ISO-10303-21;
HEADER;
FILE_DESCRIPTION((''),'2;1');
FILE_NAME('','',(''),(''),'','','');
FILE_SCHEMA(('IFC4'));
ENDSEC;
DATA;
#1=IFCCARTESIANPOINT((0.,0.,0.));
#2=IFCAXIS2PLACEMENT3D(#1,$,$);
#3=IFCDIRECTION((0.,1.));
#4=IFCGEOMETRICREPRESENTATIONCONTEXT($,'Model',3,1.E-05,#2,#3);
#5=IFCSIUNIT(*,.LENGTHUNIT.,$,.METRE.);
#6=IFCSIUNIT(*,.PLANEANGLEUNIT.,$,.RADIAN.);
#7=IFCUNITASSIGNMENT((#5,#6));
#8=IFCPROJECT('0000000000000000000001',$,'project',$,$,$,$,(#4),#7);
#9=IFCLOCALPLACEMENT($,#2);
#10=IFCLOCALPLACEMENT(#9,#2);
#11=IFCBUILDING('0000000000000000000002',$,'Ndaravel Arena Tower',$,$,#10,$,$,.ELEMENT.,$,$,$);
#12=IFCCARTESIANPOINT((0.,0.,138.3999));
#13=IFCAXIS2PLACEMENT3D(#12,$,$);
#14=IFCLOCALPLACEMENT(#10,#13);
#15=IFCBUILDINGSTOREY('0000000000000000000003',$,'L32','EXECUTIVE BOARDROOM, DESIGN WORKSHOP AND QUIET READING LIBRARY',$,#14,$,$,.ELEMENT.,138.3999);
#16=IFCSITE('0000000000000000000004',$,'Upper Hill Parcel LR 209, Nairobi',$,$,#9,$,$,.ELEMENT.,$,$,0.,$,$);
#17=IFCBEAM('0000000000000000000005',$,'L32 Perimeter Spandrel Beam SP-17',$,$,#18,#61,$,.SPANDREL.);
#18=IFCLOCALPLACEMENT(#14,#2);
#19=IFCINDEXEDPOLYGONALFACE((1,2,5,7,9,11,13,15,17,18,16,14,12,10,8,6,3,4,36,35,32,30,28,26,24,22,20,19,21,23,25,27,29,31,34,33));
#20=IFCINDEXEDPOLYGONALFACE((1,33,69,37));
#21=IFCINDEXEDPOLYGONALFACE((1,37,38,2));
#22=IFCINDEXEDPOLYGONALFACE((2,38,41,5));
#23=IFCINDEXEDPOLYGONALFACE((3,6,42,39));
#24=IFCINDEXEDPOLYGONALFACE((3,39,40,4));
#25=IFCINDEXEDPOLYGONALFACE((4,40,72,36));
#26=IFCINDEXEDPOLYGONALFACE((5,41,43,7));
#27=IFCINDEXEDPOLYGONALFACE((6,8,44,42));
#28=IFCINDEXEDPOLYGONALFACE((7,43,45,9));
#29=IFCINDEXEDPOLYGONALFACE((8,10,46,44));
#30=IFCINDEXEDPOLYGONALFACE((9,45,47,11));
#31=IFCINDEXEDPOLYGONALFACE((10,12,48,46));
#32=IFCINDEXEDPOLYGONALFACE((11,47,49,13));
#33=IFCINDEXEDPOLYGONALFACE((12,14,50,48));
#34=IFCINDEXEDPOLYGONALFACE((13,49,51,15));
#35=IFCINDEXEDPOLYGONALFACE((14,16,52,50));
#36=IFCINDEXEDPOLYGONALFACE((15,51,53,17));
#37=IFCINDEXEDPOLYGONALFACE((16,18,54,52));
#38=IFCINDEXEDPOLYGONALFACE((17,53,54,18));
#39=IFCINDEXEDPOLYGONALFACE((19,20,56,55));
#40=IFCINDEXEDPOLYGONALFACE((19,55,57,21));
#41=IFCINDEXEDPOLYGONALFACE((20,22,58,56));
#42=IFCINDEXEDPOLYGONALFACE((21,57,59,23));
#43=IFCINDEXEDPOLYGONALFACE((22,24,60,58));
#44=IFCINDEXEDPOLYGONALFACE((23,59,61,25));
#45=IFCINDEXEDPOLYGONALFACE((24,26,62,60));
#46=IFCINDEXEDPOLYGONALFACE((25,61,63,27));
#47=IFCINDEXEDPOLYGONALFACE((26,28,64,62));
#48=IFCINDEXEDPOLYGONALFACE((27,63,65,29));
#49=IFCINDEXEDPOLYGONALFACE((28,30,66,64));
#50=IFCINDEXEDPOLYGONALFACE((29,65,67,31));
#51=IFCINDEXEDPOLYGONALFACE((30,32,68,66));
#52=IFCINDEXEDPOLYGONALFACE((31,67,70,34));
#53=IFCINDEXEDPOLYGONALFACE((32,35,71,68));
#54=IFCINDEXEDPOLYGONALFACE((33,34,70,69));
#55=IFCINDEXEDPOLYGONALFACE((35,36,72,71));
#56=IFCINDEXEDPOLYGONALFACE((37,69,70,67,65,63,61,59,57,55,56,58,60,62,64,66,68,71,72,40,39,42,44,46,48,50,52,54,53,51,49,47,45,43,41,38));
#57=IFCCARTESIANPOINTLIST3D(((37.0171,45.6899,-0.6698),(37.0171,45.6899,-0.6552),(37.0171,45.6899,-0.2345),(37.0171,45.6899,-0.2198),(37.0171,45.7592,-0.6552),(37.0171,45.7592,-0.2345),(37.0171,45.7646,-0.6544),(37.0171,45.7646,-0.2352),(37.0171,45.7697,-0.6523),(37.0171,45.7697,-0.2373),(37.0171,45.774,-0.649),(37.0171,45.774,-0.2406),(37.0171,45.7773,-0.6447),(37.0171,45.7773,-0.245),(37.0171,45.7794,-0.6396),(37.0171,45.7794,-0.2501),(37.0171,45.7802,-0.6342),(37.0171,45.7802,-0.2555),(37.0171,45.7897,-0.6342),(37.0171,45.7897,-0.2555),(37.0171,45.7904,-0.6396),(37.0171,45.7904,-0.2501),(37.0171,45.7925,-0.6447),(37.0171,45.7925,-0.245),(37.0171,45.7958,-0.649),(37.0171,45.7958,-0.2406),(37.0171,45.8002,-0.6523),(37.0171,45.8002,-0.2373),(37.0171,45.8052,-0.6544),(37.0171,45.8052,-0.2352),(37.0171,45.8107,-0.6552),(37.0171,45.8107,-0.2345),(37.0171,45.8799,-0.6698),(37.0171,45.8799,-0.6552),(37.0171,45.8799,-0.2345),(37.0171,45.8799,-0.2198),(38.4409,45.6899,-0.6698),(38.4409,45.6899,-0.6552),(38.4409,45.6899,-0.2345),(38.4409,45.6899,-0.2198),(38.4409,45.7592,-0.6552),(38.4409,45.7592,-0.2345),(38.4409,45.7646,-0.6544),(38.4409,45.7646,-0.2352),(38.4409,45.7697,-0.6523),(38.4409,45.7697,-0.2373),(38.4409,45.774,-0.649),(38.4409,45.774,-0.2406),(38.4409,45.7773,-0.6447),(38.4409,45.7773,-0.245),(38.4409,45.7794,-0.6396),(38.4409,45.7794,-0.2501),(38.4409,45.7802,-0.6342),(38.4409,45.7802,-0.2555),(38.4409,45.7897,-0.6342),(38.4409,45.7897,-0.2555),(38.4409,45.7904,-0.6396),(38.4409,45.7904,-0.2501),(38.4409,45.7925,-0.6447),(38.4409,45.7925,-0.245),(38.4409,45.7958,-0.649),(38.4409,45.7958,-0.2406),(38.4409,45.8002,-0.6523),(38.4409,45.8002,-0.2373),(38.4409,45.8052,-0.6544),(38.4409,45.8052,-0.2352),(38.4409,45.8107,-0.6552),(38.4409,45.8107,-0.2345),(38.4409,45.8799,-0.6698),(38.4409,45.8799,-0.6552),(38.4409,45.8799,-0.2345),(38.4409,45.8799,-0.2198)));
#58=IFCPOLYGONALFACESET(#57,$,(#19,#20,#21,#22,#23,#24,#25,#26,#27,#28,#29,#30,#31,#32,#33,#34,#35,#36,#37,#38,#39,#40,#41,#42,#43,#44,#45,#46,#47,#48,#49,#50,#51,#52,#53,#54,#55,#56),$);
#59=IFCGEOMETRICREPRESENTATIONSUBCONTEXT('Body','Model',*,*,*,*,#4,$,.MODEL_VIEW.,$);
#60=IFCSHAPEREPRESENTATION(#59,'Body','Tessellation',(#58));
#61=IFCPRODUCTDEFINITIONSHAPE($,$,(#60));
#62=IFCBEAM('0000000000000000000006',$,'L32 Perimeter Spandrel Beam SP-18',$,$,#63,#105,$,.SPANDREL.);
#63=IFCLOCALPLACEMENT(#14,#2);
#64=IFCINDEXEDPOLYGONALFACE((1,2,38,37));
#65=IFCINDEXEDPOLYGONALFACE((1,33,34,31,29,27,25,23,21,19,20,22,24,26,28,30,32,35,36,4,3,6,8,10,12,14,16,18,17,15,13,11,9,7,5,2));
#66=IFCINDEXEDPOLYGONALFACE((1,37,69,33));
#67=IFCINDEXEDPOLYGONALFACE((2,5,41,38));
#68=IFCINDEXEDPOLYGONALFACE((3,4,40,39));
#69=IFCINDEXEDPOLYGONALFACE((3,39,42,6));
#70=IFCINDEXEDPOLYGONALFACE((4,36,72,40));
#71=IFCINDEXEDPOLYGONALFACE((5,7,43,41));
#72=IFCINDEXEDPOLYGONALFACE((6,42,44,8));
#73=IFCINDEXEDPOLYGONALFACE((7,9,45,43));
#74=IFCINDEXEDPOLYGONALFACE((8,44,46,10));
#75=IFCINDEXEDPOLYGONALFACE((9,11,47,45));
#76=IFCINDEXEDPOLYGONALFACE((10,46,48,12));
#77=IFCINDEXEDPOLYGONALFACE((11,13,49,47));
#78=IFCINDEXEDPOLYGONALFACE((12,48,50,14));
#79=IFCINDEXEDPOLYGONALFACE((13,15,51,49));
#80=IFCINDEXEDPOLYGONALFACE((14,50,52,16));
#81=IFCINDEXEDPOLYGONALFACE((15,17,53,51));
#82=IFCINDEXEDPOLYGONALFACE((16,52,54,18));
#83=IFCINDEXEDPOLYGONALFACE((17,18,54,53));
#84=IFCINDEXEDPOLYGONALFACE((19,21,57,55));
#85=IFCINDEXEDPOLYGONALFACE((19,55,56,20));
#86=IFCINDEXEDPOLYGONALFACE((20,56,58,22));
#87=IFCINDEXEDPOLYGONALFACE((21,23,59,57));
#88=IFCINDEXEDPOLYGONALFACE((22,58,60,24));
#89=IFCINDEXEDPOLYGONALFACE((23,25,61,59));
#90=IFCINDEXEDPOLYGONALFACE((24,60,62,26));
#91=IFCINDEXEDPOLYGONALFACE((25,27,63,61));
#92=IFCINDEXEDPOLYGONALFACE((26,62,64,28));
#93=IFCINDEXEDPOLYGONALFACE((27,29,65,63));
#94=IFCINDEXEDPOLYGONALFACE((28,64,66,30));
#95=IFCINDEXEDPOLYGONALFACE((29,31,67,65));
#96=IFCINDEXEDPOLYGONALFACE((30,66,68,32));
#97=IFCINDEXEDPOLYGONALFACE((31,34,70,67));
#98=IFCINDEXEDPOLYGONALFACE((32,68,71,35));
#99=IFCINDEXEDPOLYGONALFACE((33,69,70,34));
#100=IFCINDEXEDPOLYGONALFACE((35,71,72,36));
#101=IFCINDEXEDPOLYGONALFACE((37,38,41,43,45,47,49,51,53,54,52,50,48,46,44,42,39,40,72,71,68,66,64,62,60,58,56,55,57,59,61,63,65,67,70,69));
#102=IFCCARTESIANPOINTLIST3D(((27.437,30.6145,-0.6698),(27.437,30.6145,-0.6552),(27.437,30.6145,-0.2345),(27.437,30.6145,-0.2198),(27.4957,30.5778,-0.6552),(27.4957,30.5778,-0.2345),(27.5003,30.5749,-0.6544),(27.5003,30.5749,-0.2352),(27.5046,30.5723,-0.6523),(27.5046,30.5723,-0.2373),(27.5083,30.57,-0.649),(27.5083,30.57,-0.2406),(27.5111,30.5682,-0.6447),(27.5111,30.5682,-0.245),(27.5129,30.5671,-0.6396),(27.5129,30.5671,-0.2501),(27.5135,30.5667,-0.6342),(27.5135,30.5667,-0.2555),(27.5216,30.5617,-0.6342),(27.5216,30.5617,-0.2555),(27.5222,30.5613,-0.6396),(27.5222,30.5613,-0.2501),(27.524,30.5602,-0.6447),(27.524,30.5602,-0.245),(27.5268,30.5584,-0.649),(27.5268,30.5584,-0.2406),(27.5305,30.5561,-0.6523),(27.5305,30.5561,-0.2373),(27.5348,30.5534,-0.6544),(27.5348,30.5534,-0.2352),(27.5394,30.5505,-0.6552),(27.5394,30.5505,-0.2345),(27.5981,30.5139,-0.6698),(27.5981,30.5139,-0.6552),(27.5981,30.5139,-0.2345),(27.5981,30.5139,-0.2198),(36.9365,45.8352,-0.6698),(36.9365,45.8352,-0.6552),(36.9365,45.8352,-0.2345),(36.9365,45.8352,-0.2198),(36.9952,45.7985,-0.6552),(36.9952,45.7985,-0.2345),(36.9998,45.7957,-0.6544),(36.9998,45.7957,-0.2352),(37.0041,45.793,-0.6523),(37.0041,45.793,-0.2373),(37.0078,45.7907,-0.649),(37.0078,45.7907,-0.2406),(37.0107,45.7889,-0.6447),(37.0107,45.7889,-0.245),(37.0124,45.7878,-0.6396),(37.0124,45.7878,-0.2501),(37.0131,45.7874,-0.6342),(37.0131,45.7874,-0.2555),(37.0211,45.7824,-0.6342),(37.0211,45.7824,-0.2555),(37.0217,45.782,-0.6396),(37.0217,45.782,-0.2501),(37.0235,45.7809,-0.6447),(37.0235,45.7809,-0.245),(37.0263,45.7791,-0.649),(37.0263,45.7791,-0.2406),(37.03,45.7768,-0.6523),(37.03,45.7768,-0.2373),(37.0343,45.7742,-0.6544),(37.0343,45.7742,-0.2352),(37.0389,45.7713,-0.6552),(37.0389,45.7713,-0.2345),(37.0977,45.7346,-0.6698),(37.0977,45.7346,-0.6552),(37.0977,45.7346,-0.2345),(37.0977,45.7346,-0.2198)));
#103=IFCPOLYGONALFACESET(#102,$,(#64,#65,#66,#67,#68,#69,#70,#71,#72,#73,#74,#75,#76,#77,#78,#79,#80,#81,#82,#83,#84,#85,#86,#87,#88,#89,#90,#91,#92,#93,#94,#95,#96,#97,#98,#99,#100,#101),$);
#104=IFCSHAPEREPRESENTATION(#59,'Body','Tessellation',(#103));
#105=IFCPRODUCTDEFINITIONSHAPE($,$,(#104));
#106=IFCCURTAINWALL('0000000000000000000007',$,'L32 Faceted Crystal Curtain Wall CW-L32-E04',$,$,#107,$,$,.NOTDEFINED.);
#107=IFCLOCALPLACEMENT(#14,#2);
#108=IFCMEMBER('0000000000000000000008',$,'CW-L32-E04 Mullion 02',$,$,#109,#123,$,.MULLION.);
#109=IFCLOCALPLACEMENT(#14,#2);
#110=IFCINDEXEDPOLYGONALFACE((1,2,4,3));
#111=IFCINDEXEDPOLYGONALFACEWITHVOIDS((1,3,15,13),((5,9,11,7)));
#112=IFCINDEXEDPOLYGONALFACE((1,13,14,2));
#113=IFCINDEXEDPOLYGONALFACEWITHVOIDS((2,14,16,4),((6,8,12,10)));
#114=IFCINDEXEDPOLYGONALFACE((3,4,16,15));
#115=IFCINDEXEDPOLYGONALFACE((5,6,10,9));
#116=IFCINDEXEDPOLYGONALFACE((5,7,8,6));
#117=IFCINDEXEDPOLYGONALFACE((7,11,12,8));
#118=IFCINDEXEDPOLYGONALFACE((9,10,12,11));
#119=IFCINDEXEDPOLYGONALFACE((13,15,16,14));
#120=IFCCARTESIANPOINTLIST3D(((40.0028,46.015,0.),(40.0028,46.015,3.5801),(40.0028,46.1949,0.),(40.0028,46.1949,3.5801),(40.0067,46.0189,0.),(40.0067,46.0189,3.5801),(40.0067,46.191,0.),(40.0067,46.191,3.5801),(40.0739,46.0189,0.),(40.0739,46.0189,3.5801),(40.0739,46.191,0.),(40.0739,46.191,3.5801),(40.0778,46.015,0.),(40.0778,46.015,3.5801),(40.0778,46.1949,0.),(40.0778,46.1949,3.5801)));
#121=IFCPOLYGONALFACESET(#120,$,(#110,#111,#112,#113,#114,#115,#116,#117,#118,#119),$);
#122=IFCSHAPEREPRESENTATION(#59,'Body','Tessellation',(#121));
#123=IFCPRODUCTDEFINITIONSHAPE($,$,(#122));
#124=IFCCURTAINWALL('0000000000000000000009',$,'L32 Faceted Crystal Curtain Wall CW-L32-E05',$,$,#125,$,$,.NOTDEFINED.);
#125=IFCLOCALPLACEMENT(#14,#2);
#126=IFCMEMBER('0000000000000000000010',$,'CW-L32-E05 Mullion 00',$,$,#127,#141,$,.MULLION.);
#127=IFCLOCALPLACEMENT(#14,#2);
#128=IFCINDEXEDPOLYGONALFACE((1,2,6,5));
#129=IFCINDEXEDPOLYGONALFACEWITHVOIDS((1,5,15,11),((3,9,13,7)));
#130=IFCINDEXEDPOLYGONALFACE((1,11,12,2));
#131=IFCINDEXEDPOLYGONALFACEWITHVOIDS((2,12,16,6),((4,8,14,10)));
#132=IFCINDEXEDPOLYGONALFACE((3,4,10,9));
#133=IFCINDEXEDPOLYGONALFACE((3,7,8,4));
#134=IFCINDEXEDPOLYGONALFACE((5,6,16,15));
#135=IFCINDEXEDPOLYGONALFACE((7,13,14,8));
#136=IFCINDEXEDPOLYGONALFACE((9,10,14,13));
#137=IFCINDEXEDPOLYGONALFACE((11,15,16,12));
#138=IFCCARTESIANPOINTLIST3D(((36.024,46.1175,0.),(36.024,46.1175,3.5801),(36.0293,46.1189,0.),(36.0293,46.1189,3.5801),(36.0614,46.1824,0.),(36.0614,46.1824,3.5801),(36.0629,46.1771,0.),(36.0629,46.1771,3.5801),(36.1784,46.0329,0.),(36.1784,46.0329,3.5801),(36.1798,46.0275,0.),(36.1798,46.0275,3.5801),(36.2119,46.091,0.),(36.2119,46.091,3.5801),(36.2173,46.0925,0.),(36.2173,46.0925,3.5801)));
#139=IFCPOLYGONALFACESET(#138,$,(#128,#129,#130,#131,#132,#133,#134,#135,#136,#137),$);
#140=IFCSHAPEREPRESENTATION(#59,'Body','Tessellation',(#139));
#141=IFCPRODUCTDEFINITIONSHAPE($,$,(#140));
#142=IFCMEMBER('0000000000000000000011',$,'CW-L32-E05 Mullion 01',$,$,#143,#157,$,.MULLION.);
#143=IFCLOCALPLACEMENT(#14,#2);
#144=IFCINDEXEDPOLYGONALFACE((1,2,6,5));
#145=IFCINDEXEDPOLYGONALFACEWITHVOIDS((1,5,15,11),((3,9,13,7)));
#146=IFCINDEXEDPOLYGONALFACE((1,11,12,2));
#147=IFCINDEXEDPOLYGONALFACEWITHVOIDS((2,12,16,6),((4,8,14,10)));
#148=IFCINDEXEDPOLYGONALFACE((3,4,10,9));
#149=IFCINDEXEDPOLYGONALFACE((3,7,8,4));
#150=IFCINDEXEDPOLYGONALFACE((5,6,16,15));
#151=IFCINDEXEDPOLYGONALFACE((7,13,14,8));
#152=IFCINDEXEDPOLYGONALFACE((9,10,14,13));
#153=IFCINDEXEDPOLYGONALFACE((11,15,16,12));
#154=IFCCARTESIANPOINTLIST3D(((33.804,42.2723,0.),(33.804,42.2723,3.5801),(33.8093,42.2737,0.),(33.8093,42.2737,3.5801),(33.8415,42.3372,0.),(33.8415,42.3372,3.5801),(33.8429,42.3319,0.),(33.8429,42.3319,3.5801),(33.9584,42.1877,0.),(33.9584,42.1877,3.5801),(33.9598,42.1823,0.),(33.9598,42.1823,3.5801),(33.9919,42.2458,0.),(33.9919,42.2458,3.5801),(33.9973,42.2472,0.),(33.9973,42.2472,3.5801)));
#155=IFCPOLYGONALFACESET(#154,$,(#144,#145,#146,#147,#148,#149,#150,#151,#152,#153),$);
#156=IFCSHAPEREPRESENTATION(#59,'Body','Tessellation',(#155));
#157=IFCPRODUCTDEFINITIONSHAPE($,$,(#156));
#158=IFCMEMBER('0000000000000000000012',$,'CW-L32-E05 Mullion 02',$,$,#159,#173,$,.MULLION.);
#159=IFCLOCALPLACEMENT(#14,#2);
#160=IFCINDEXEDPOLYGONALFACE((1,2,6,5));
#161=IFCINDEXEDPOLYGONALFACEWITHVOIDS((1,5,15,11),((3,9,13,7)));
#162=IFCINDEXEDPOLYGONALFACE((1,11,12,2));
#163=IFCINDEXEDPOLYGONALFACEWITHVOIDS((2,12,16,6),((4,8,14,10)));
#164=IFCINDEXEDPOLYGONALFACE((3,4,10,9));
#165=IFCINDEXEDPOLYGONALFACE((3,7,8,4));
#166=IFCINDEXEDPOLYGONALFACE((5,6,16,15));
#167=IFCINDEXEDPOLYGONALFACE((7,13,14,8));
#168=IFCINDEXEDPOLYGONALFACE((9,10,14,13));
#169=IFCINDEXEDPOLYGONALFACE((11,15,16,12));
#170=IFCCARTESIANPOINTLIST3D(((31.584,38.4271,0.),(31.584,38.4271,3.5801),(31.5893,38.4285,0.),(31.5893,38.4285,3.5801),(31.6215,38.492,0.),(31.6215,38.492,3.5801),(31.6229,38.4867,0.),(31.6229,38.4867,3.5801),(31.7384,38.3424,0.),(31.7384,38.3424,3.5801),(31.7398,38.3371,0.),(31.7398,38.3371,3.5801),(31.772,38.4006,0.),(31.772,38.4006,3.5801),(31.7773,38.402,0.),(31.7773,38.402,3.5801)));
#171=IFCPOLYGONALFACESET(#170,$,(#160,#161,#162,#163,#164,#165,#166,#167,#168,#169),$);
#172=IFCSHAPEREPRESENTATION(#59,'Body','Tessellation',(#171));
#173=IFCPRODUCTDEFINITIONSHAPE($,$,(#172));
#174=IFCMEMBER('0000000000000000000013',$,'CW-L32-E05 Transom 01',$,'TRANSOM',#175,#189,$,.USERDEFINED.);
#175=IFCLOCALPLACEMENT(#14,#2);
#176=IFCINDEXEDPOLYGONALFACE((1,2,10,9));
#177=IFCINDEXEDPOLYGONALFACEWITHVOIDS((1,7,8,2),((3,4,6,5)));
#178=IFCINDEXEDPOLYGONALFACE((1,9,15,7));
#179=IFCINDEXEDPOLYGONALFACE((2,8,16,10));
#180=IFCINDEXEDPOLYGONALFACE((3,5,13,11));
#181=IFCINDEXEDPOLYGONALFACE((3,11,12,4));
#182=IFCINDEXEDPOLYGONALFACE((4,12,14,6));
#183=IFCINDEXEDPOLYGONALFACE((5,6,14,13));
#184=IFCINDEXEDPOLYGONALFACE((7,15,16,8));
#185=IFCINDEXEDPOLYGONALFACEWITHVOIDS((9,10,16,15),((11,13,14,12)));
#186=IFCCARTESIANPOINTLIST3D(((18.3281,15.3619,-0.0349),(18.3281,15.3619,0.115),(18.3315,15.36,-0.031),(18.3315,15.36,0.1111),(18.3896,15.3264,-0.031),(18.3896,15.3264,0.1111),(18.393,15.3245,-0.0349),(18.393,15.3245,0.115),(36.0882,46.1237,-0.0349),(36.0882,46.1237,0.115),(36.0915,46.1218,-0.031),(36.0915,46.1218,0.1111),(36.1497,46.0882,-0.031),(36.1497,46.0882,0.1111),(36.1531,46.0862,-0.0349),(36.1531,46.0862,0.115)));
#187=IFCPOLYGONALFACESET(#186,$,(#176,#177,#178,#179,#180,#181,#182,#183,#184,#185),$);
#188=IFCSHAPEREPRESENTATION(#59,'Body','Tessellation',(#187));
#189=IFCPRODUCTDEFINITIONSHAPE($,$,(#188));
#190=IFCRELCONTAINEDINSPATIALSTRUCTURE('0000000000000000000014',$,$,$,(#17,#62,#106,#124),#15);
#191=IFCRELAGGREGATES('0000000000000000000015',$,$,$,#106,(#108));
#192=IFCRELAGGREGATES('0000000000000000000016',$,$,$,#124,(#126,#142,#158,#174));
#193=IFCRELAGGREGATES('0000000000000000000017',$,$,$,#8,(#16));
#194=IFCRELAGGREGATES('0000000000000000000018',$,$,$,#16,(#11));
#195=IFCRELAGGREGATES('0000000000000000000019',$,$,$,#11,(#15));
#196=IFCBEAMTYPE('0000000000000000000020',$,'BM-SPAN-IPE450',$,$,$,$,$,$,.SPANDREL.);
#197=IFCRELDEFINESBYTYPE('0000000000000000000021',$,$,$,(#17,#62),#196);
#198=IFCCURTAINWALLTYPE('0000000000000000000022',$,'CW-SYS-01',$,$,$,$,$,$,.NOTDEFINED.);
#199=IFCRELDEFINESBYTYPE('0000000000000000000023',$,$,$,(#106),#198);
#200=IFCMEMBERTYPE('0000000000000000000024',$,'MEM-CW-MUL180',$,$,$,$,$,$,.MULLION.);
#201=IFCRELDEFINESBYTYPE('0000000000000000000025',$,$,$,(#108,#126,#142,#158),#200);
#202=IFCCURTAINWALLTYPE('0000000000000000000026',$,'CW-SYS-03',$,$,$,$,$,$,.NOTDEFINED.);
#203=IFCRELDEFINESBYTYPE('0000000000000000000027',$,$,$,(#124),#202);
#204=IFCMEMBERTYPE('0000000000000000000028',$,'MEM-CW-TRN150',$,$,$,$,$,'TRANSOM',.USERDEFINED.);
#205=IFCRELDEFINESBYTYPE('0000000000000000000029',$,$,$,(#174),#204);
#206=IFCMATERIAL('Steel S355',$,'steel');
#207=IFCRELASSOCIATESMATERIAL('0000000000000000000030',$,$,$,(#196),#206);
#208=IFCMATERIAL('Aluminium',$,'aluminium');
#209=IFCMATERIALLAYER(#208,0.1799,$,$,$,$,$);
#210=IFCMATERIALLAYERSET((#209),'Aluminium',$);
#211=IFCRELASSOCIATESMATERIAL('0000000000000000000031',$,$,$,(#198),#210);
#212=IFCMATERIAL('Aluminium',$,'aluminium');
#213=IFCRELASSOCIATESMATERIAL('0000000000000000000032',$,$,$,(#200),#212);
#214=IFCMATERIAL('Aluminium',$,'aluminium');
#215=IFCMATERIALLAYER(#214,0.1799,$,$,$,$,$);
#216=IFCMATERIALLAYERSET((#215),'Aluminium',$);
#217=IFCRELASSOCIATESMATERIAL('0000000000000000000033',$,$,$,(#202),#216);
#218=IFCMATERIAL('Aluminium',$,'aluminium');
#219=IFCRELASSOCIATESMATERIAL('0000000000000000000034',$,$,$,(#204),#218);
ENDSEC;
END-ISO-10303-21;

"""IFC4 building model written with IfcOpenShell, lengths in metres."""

from ifc_helpers import new_model, si_unit, direction, frame, origin, origin_2d, place, context, subcontext, project, spatial, hollow_rectangle, i_section, extrude, material, layer, layer_set, material_profile, profile_set, type_object, element, aggregate, save


model = new_model("IFC4")

# Units and contexts
model_context = context("Model", 3, precision=1e-05, world=origin(), true_north=direction((0.0, 1.0)))
body_context = subcontext(model_context, "Body", "Model", "MODEL_VIEW")
ifc_project = project(units=[si_unit("LENGTHUNIT", "METRE"), si_unit("PLANEANGLEUNIT", "RADIAN")], contexts=[model_context])

# Site, building, storey
site_placement = place(None, origin())
site = spatial("IfcSite", under=ifc_project, at=site_placement, Name="Upper Hill Parcel LR 209, Nairobi", CompositionType="ELEMENT", RefElevation=0.0)
building_placement = place(site_placement, origin())
building = spatial("IfcBuilding", under=site, at=building_placement, Name="Ndaravel Arena Tower", CompositionType="ELEMENT")
storey_placement = place(building_placement, frame((0.0, 0.0, 138.3999)))
storey = spatial("IfcBuildingStorey", under=building, at=storey_placement, Name="L32", Description="EXECUTIVE BOARDROOM, DESIGN WORKSHOP AND QUIET READING LIBRARY", CompositionType="ELEMENT", Elevation=138.3999)

# Beams
ifc_material_1 = material(Name="Steel S355", Category="steel")
ifc_material_profile_1 = material_profile(ifc_material_1, i_section(OverallWidth=0.1899, OverallDepth=0.45, WebThickness=0.0095, FlangeThickness=0.0146, FilletRadius=0.021, at=origin_2d()), Name="IPE 450")
ifc_profile_set_1 = profile_set([ifc_material_profile_1], Name="Steel S355")
beam_type_1 = type_object("IfcBeamType", Name="BM-SPAN-IPE450", PredefinedType="SPANDREL", material=ifc_profile_set_1)
beam_1_placement = place(storey_placement, frame((38.4409, 45.7849, -0.4448), z_axis=(-1.0, 0.0, 0.0), x_axis=(0.0, -1.0, 0.0)))
element("IfcBeam", 1, at=beam_1_placement, inside=storey, type_object=beam_type_1, Name="L32 Perimeter Spandrel Beam SP-17", PredefinedType="SPANDREL", context=body_context, shape_type="SweptSolid", body=[
    extrude(i_section(OverallWidth=0.1899, OverallDepth=0.45, WebThickness=0.0095, FlangeThickness=0.0146, FilletRadius=0.021, at=origin_2d()), origin(), (0.0, 0.0, 1.0), 1.4238),
])
beam_2_placement = place(storey_placement, frame((37.0171, 45.7849, -0.4448), z_axis=(-0.529461, -0.848334, 0.0), x_axis=(0.848334, -0.529461, 0.0)))
element("IfcBeam", 2, at=beam_2_placement, inside=storey, type_object=beam_type_1, Name="L32 Perimeter Spandrel Beam SP-18", PredefinedType="SPANDREL", context=body_context, shape_type="SweptSolid", body=[
    extrude(i_section(OverallWidth=0.1899, OverallDepth=0.45, WebThickness=0.0095, FlangeThickness=0.0146, FilletRadius=0.021, at=origin_2d()), origin(), (0.0, 0.0, 1.0), 17.9419),
])

# Curtain wall, member
ifc_material_2 = material(Name="Aluminium", Category="aluminium")
ifc_layer_1 = layer(ifc_material_2, 0.1799)
ifc_layer_set_1 = layer_set([ifc_layer_1], Name="Aluminium")
curtain_wall_type_1 = type_object("IfcCurtainWallType", Name="CW-SYS-01", PredefinedType="NOTDEFINED", material=ifc_layer_set_1)
curtain_wall_1_placement = place(storey_placement, origin())
curtain_wall_1 = element("IfcCurtainWall", 3, at=curtain_wall_1_placement, inside=storey, type_object=curtain_wall_type_1, Name="L32 Faceted Crystal Curtain Wall CW-L32-E04", PredefinedType="NOTDEFINED")
ifc_material_3 = material(Name="Aluminium", Category="aluminium")
ifc_material_profile_2 = material_profile(ifc_material_3, hollow_rectangle(XDim=0.075, YDim=0.1799, WallThickness=0.0039, at=origin_2d()), Name="CW MULLION 75x180x4")
ifc_profile_set_2 = profile_set([ifc_material_profile_2], Name="Aluminium")
member_type_1 = type_object("IfcMemberType", Name="MEM-CW-MUL180", PredefinedType="MULLION", material=ifc_profile_set_2)
member_1_placement = place(storey_placement, frame((40.0403, 46.105, 0.0), z_axis=(0.0, 0.0, 1.0), x_axis=(-1.0, 0.0, 0.0)))
member_1 = element("IfcMember", 4, at=member_1_placement, type_object=member_type_1, Name="CW-L32-E04 Mullion 02", PredefinedType="MULLION", context=body_context, shape_type="SweptSolid", body=[
    extrude(hollow_rectangle(XDim=0.075, YDim=0.1799, WallThickness=0.0039, at=origin_2d()), origin(), (0.0, 0.0, 1.0), 3.5801),
])

# Curtain wall, members
ifc_material_4 = material(Name="Aluminium", Category="aluminium")
ifc_layer_2 = layer(ifc_material_4, 0.1799)
ifc_layer_set_2 = layer_set([ifc_layer_2], Name="Aluminium")
curtain_wall_type_2 = type_object("IfcCurtainWallType", Name="CW-SYS-03", PredefinedType="NOTDEFINED", material=ifc_layer_set_2)
curtain_wall_2_placement = place(storey_placement, origin())
curtain_wall_2 = element("IfcCurtainWall", 5, at=curtain_wall_2_placement, inside=storey, type_object=curtain_wall_type_2, Name="L32 Faceted Crystal Curtain Wall CW-L32-E05", PredefinedType="NOTDEFINED")
member_2_placement = place(storey_placement, frame((36.1206, 46.105, 0.0), z_axis=(0.0, 0.0, 1.0), x_axis=(-0.5, -0.866025, 0.0)))
member_2 = element("IfcMember", 6, at=member_2_placement, type_object=member_type_1, Name="CW-L32-E05 Mullion 00", PredefinedType="MULLION", context=body_context, shape_type="SweptSolid", body=[
    extrude(hollow_rectangle(XDim=0.075, YDim=0.1799, WallThickness=0.0039, at=origin_2d()), origin(), (0.0, 0.0, 1.0), 3.5801),
])
member_3_placement = place(storey_placement, frame((33.9006, 42.2598, 0.0), z_axis=(0.0, 0.0, 1.0), x_axis=(-0.5, -0.866025, 0.0)))
member_3 = element("IfcMember", 7, at=member_3_placement, type_object=member_type_1, Name="CW-L32-E05 Mullion 01", PredefinedType="MULLION", context=body_context, shape_type="SweptSolid", body=[
    extrude(hollow_rectangle(XDim=0.075, YDim=0.1799, WallThickness=0.0039, at=origin_2d()), origin(), (0.0, 0.0, 1.0), 3.5801),
])
member_4_placement = place(storey_placement, frame((31.6807, 38.4146, 0.0), z_axis=(0.0, 0.0, 1.0), x_axis=(-0.5, -0.866025, 0.0)))
member_4 = element("IfcMember", 8, at=member_4_placement, type_object=member_type_1, Name="CW-L32-E05 Mullion 02", PredefinedType="MULLION", context=body_context, shape_type="SweptSolid", body=[
    extrude(hollow_rectangle(XDim=0.075, YDim=0.1799, WallThickness=0.0039, at=origin_2d()), origin(), (0.0, 0.0, 1.0), 3.5801),
])
ifc_material_5 = material(Name="Aluminium", Category="aluminium")
ifc_material_profile_3 = material_profile(ifc_material_5, hollow_rectangle(XDim=0.075, YDim=0.1499, WallThickness=0.0039, at=origin_2d()), Name="CW TRANSOM 75x150x4")
ifc_profile_set_3 = profile_set([ifc_material_profile_3], Name="Aluminium")
member_type_2 = type_object("IfcMemberType", Name="MEM-CW-TRN150", ElementType="TRANSOM", PredefinedType="USERDEFINED", material=ifc_profile_set_3)
member_5_placement = place(storey_placement, frame((36.1206, 46.105, 0.04), z_axis=(-0.499994, -0.866029, 0.0), x_axis=(0.866029, -0.499994, 0.0)))
member_5 = element("IfcMember", 9, at=member_5_placement, type_object=member_type_2, Name="CW-L32-E05 Transom 01", ObjectType="TRANSOM", PredefinedType="USERDEFINED", context=body_context, shape_type="SweptSolid", body=[
    extrude(hollow_rectangle(XDim=0.075, YDim=0.1499, WallThickness=0.0039, at=origin_2d()), origin(), (0.0, 0.0, 1.0), 35.5205),
])

aggregate(curtain_wall_1, [member_1])
aggregate(curtain_wall_2, [member_2, member_3, member_4, member_5])

save(model, "model.ifc")
